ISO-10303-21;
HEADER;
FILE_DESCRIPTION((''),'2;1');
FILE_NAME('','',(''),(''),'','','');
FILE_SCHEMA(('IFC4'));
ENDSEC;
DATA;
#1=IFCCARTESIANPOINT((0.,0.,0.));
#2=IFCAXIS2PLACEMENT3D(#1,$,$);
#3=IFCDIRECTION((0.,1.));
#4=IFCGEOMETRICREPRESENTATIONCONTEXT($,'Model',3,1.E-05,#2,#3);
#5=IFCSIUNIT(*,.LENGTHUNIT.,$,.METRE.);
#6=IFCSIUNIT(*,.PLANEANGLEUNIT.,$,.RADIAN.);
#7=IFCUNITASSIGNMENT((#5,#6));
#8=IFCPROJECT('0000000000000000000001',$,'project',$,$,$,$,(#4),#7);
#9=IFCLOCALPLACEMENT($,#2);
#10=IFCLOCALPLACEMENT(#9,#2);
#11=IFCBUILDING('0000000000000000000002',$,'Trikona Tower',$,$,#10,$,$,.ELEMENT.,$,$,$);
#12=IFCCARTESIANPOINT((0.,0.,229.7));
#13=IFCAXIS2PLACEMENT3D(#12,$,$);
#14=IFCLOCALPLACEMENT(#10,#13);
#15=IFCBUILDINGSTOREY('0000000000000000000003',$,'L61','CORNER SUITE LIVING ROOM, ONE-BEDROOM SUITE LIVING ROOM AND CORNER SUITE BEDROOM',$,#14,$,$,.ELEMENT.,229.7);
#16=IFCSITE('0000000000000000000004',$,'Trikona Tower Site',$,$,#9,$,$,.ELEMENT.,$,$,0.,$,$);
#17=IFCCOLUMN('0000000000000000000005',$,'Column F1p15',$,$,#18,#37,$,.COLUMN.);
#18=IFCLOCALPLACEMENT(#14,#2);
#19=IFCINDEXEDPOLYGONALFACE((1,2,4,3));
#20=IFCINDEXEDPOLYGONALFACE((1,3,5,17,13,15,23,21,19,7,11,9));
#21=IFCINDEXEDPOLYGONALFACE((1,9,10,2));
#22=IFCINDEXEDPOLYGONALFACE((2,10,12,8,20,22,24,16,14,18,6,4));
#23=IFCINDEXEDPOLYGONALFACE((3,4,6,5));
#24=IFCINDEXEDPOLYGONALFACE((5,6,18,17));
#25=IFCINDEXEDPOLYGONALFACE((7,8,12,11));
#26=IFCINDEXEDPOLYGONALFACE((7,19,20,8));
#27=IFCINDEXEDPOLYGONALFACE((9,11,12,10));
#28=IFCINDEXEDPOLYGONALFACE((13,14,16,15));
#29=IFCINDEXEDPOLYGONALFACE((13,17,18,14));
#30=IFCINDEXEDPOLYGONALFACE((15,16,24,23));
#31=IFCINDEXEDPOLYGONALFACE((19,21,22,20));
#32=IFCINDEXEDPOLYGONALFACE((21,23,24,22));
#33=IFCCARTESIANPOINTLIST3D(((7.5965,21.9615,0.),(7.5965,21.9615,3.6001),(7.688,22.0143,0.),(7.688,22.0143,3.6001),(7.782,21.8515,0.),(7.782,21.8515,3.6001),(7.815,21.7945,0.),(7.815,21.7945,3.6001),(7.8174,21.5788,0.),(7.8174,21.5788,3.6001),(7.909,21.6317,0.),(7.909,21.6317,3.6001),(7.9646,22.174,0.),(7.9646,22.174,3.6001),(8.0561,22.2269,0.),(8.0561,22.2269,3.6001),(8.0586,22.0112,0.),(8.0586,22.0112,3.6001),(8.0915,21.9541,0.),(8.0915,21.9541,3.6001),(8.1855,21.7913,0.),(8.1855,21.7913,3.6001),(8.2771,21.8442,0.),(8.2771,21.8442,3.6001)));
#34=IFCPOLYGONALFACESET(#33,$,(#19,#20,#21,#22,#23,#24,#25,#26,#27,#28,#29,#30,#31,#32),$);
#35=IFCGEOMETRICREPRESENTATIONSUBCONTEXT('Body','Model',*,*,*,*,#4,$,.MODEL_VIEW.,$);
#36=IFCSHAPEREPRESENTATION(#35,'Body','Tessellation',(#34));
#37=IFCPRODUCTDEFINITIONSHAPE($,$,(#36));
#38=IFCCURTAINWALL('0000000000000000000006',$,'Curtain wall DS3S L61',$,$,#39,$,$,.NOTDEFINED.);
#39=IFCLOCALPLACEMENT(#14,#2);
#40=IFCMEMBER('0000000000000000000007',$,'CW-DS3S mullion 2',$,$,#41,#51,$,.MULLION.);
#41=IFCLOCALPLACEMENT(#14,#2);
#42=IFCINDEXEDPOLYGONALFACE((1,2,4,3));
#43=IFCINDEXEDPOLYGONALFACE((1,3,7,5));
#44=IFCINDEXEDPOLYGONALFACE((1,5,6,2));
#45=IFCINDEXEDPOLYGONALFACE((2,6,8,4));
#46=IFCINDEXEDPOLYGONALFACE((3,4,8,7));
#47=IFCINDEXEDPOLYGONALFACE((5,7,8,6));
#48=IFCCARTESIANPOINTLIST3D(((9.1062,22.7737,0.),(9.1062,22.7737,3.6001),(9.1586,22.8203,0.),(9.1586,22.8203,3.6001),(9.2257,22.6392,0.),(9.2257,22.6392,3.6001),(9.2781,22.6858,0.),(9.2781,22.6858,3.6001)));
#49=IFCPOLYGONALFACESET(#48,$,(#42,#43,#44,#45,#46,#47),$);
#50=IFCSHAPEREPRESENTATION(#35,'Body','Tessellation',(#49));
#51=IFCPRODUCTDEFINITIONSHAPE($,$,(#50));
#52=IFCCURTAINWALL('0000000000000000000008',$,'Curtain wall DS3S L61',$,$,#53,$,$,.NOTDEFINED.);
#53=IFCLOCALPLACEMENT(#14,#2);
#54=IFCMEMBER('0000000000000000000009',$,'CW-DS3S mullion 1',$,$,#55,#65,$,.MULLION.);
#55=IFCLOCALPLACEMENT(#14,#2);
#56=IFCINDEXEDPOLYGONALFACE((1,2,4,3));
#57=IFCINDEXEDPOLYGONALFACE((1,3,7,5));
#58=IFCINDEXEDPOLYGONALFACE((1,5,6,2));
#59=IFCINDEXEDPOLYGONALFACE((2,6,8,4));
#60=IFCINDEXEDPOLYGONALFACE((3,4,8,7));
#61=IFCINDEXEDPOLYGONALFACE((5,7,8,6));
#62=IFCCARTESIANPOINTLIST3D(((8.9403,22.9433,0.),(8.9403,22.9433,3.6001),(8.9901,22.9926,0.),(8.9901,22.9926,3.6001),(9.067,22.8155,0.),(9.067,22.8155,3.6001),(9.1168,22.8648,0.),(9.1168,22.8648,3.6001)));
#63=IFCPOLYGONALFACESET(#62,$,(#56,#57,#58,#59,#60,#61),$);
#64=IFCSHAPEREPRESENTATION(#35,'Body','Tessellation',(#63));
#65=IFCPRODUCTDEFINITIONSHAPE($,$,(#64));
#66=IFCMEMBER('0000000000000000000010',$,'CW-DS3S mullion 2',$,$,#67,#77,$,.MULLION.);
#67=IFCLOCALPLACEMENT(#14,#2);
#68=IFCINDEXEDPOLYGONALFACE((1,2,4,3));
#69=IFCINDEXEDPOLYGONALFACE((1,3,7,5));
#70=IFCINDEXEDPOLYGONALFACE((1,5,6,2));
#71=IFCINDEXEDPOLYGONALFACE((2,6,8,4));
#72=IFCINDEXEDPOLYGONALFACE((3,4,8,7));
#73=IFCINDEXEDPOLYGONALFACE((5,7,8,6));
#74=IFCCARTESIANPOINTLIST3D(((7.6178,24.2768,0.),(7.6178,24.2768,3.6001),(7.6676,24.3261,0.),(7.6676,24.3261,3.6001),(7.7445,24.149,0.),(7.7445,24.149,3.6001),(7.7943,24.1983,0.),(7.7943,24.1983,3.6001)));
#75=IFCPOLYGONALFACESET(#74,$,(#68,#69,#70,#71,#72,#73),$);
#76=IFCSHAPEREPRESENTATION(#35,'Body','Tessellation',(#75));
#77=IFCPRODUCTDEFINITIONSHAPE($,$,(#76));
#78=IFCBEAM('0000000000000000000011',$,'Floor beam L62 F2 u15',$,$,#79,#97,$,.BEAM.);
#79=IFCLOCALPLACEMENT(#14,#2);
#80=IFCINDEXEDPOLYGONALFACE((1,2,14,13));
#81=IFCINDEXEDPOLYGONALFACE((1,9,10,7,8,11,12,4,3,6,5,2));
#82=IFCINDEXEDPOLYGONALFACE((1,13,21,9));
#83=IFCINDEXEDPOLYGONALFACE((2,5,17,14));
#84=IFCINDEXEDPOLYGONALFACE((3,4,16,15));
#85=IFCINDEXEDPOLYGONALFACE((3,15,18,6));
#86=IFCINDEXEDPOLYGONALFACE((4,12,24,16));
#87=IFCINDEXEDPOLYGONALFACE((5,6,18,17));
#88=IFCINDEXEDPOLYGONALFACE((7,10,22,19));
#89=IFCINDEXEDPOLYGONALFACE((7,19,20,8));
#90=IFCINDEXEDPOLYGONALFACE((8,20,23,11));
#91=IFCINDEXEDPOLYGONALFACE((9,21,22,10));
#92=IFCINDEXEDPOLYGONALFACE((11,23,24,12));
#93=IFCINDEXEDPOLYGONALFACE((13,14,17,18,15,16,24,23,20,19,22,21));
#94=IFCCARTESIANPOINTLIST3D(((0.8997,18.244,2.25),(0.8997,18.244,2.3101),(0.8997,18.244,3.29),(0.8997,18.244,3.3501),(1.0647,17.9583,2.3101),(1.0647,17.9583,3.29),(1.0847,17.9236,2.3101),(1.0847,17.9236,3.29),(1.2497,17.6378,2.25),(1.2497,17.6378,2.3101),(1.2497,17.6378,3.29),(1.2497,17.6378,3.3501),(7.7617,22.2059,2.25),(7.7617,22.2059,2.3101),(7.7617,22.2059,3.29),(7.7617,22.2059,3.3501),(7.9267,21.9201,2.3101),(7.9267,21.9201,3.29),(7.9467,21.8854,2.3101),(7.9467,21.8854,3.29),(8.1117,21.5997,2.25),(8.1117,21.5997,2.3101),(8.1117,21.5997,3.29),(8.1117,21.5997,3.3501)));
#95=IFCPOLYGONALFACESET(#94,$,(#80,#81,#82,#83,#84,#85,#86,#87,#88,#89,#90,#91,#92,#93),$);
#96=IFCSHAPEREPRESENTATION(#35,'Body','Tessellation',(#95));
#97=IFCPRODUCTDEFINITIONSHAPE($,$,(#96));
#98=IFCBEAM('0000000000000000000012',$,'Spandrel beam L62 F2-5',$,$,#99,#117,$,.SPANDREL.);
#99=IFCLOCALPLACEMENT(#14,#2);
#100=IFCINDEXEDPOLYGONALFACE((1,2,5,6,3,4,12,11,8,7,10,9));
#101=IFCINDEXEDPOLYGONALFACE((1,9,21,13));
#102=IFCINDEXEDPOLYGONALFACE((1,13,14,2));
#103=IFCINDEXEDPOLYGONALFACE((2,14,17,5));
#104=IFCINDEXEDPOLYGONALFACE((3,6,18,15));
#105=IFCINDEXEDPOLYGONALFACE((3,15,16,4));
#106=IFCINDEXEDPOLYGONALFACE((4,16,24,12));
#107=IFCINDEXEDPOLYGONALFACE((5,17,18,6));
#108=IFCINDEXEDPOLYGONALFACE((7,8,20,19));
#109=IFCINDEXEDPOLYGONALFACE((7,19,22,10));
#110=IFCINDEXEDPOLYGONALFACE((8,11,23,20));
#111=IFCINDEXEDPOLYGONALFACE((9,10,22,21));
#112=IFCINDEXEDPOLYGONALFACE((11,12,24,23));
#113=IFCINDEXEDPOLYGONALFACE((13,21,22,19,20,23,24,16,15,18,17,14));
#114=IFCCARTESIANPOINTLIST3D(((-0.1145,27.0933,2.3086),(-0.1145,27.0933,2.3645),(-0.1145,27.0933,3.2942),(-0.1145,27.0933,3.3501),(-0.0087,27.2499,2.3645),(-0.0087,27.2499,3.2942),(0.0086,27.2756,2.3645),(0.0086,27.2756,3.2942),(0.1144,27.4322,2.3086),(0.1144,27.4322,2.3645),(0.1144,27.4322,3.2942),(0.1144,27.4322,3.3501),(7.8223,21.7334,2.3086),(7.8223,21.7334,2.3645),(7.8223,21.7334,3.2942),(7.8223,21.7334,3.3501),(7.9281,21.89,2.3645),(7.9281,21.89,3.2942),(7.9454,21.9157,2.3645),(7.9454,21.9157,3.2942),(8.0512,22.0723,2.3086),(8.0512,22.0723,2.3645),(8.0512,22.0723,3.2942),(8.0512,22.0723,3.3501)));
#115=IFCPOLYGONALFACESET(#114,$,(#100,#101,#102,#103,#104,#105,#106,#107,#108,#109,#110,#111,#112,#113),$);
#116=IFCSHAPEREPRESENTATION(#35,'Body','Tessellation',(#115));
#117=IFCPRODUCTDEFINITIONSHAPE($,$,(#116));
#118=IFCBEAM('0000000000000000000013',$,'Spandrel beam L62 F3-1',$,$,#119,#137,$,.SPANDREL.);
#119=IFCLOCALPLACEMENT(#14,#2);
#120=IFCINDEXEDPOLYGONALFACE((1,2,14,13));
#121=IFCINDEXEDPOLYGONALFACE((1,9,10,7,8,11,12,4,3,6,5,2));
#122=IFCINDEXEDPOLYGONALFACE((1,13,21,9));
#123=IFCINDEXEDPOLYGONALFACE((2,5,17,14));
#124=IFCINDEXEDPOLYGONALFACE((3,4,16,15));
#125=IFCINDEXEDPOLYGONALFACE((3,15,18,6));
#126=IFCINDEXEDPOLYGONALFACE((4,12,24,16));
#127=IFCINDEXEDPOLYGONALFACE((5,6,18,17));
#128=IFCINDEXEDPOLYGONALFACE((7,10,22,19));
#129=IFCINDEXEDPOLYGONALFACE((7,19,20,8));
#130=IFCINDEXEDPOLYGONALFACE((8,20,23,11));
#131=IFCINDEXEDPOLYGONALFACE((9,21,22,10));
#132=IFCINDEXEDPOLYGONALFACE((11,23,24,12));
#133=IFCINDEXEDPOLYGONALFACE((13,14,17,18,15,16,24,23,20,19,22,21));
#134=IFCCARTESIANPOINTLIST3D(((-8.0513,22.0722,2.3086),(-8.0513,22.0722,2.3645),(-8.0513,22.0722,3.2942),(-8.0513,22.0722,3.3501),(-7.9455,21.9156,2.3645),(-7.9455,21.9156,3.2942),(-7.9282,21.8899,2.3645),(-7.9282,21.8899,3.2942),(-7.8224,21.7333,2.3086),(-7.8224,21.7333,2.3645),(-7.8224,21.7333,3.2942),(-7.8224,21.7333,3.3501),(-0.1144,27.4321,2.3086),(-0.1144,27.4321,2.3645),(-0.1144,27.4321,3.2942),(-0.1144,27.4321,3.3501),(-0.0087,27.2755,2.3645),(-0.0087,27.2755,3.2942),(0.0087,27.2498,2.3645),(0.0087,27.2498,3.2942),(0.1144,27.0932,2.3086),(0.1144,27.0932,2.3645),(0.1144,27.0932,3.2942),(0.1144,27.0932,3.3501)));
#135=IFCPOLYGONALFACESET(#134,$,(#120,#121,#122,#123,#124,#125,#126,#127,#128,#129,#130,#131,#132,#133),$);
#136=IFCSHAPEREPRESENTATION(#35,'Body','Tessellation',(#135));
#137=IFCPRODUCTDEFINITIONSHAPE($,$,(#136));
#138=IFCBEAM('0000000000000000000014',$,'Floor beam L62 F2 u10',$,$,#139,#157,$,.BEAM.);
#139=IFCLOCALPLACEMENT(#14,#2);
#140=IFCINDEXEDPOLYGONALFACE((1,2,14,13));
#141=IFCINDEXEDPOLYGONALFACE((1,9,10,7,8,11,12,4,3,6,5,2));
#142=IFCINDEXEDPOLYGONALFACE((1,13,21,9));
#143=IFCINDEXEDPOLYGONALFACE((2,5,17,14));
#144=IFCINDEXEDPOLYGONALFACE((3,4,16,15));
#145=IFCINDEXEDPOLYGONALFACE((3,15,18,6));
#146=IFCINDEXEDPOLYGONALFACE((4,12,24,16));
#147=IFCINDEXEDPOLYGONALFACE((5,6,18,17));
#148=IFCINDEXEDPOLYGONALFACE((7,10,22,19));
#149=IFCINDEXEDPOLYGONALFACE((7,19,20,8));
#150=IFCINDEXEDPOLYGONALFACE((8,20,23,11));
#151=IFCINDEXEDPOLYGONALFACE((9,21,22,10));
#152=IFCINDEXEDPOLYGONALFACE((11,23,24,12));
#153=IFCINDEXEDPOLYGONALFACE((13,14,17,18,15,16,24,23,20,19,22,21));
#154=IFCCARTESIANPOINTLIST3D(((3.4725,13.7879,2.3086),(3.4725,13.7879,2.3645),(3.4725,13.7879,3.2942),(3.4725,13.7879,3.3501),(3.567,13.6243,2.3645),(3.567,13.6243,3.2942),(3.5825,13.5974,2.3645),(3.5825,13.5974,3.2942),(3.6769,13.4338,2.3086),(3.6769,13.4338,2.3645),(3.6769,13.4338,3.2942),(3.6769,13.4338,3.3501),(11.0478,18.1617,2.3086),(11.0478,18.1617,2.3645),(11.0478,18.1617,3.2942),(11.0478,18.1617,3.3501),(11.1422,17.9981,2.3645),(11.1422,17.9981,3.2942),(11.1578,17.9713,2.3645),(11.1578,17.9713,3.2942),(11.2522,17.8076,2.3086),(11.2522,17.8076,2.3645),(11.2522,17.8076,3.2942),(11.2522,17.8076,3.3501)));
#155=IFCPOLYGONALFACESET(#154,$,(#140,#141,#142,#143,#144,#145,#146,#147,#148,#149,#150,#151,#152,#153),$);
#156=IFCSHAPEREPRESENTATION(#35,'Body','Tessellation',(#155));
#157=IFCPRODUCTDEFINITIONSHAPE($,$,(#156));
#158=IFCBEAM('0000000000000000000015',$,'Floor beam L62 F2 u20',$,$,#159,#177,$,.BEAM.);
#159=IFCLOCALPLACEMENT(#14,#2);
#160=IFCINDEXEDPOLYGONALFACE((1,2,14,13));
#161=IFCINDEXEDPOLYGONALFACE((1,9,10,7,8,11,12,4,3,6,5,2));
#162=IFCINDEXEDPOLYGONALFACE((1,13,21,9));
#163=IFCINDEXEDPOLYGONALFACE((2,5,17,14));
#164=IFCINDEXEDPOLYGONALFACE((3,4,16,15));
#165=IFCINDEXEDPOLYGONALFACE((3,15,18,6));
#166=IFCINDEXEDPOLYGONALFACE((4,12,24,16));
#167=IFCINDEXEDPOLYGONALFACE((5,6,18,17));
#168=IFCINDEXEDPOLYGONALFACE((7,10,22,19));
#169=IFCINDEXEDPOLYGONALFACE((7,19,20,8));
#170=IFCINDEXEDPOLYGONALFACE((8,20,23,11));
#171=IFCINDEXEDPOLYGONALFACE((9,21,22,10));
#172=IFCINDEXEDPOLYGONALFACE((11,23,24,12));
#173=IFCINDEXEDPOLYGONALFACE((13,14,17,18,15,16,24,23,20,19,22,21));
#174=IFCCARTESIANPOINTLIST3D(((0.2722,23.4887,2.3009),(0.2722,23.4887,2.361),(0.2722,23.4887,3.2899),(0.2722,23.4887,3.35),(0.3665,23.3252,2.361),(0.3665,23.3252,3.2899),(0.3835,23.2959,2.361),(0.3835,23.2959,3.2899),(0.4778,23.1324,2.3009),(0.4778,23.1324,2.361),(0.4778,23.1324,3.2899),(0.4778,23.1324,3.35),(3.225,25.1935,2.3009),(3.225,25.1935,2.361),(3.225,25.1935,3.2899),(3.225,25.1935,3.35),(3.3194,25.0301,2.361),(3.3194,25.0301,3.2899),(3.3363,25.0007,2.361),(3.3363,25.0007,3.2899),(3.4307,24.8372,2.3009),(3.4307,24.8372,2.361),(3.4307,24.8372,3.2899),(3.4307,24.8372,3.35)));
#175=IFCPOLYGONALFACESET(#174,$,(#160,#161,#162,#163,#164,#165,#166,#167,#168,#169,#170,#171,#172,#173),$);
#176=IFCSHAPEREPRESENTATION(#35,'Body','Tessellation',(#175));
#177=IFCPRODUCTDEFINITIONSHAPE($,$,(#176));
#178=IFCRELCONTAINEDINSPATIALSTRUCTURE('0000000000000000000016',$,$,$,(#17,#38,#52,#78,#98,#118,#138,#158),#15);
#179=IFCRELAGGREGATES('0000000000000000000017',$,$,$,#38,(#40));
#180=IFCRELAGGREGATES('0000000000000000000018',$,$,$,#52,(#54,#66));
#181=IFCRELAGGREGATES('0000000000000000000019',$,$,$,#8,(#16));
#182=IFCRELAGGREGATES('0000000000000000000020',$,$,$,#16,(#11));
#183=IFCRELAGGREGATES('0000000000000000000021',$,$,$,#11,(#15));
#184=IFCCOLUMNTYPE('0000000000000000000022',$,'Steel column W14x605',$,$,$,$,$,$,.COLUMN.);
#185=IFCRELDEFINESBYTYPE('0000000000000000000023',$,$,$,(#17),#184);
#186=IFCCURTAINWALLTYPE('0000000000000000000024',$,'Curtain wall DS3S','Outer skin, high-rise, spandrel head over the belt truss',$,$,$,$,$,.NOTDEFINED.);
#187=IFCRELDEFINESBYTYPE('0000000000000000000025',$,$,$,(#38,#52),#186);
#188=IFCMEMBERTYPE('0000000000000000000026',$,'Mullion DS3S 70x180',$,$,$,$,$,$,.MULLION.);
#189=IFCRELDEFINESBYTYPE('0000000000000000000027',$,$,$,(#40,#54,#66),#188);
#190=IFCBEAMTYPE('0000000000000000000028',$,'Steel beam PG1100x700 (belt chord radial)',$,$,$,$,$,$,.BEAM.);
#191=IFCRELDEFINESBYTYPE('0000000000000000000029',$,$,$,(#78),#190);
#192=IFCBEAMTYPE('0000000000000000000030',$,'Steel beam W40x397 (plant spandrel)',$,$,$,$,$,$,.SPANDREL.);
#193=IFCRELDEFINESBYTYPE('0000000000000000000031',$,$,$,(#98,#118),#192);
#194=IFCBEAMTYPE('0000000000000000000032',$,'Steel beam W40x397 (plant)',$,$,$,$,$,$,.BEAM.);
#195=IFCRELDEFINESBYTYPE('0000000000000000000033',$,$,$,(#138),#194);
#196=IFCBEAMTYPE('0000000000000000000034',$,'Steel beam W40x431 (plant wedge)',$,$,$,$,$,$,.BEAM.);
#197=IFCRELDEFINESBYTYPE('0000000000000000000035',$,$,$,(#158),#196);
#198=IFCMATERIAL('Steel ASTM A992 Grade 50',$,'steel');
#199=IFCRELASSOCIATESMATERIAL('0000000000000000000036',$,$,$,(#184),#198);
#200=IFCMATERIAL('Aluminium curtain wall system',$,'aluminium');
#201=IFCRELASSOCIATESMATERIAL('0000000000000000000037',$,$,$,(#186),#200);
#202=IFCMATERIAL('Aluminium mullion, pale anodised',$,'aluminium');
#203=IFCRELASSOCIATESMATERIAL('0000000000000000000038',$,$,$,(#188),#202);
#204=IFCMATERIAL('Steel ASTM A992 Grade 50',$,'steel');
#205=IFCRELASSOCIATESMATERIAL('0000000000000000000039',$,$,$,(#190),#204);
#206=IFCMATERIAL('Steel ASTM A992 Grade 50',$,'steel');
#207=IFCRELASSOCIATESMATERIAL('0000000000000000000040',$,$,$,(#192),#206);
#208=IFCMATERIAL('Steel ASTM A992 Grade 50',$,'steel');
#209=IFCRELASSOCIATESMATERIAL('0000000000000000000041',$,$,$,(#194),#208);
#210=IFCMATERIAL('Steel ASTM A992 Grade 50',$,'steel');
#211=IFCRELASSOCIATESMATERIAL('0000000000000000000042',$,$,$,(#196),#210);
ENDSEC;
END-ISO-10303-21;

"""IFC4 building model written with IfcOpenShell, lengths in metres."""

from ifc_helpers import new_model, si_unit, direction, frame, origin, origin_2d, place, context, subcontext, project, spatial, rectangle, i_section, extrude, material, material_profile, profile_set, type_object, element, aggregate, save


model = new_model("IFC4")

# Units and contexts
model_context = context("Model", 3, precision=1e-05, world=origin(), true_north=direction((0.0, 1.0)))
body_context = subcontext(model_context, "Body", "Model", "MODEL_VIEW")
ifc_project = project(units=[si_unit("LENGTHUNIT", "METRE"), si_unit("PLANEANGLEUNIT", "RADIAN")], contexts=[model_context])

# Site, building, storey
site_placement = place(None, origin())
site = spatial("IfcSite", under=ifc_project, at=site_placement, Name="Trikona Tower Site", CompositionType="ELEMENT", RefElevation=0.0)
building_placement = place(site_placement, origin())
building = spatial("IfcBuilding", under=site, at=building_placement, Name="Trikona Tower", CompositionType="ELEMENT")
storey_placement = place(building_placement, frame((0.0, 0.0, 229.7)))
storey = spatial("IfcBuildingStorey", under=building, at=storey_placement, Name="L61", Description="CORNER SUITE LIVING ROOM, ONE-BEDROOM SUITE LIVING ROOM AND CORNER SUITE BEDROOM", CompositionType="ELEMENT", Elevation=229.7)

# Column
ifc_material_1 = material(Name="Steel ASTM A992 Grade 50", Category="steel")
ifc_material_profile_1 = material_profile(ifc_material_1, i_section(OverallWidth=0.4419, OverallDepth=0.5308, WebThickness=0.0659, FlangeThickness=0.1057, at=origin_2d()), Name="W14X605")
ifc_profile_set_1 = profile_set([ifc_material_profile_1], Name="Steel ASTM A992 Grade 50")
column_type = type_object("IfcColumnType", Name="Steel column W14x605", PredefinedType="COLUMN", material=ifc_profile_set_1)
column_placement = place(storey_placement, frame((7.9368, 21.9028, 0.0), z_axis=(0.0, 0.0, 1.0), x_axis=(-0.5, 0.866025, 0.0)))
element("IfcColumn", 1, at=column_placement, inside=storey, type_object=column_type, Name="Column F1p15", PredefinedType="COLUMN", context=body_context, shape_type="SweptSolid", body=[
    extrude(i_section(OverallWidth=0.4419, OverallDepth=0.5308, WebThickness=0.0659, FlangeThickness=0.1057, at=origin_2d()), origin(), (0.0, 0.0, 1.0), 3.6001),
])

# Curtain wall, member
ifc_material_2 = material(Name="Aluminium curtain wall system", Category="aluminium")
curtain_wall_type = type_object("IfcCurtainWallType", Name="Curtain wall DS3S", Description="Outer skin, high-rise, spandrel head over the belt truss", PredefinedType="NOTDEFINED", material=ifc_material_2)
curtain_wall_1_placement = place(storey_placement, origin())
curtain_wall_1 = element("IfcCurtainWall", 2, at=curtain_wall_1_placement, inside=storey, type_object=curtain_wall_type, Name="Curtain wall DS3S L61", PredefinedType="NOTDEFINED")
ifc_material_3 = material(Name="Aluminium mullion, pale anodised", Category="aluminium")
ifc_material_profile_2 = material_profile(ifc_material_3, rectangle(XDim=0.0701, YDim=0.1799, at=origin_2d()), Name="MUL-DS3S")
ifc_profile_set_2 = profile_set([ifc_material_profile_2], Name="Aluminium mullion, pale anodised")
member_type_1 = type_object("IfcMemberType", Name="Mullion DS3S 70x180", PredefinedType="MULLION", material=ifc_profile_set_2)
member_1_placement = place(storey_placement, frame((9.1921, 22.7297, 0.0), z_axis=(0.0, 0.0, 1.0), x_axis=(-0.747403, -0.664371, 0.0)))
member_1 = element("IfcMember", 3, at=member_1_placement, type_object=member_type_1, Name="CW-DS3S mullion 2", PredefinedType="MULLION", context=body_context, shape_type="SweptSolid", body=[
    extrude(rectangle(XDim=0.0701, YDim=0.1799, at=origin_2d()), origin(), (0.0, 0.0, 1.0), 3.6001),
])
aggregate(curtain_wall_1, [member_1])

# Curtain wall, members
curtain_wall_2_placement = place(storey_placement, origin())
curtain_wall_2 = element("IfcCurtainWall", 4, at=curtain_wall_2_placement, inside=storey, type_object=curtain_wall_type, Name="Curtain wall DS3S L61", PredefinedType="NOTDEFINED")
member_2_placement = place(storey_placement, frame((9.0286, 22.9041, 0.0), z_axis=(0.0, 0.0, 1.0), x_axis=(-0.710052, -0.704149, 0.0)))
member_2 = element("IfcMember", 5, at=member_2_placement, type_object=member_type_1, Name="CW-DS3S mullion 1", PredefinedType="MULLION", context=body_context, shape_type="SweptSolid", body=[
    extrude(rectangle(XDim=0.0701, YDim=0.1799, at=origin_2d()), origin(), (0.0, 0.0, 1.0), 3.6001),
])
member_3_placement = place(storey_placement, frame((7.7061, 24.2375, 0.0), z_axis=(0.0, 0.0, 1.0), x_axis=(-0.710052, -0.704149, 0.0)))
member_3 = element("IfcMember", 6, at=member_3_placement, type_object=member_type_1, Name="CW-DS3S mullion 2", PredefinedType="MULLION", context=body_context, shape_type="SweptSolid", body=[
    extrude(rectangle(XDim=0.0701, YDim=0.1799, at=origin_2d()), origin(), (0.0, 0.0, 1.0), 3.6001),
])

# Beams
ifc_material_4 = material(Name="Steel ASTM A992 Grade 50", Category="steel")
ifc_material_profile_3 = material_profile(ifc_material_4, i_section(OverallWidth=0.7, OverallDepth=1.1001, WebThickness=0.04, FlangeThickness=0.0601, at=origin_2d()), Name="PG1100X700")
ifc_profile_set_3 = profile_set([ifc_material_profile_3], Name="Steel ASTM A992 Grade 50")
beam_type_1 = type_object("IfcBeamType", Name="Steel beam PG1100x700 (belt chord radial)", PredefinedType="BEAM", material=ifc_profile_set_3)
beam_1_placement = place(storey_placement, frame((1.0747, 17.9409, 2.8), z_axis=(0.86602, 0.50001, 0.0), x_axis=(-0.50001, 0.86602, 0.0)))
element("IfcBeam", 7, at=beam_1_placement, inside=storey, type_object=beam_type_1, Name="Floor beam L62 F2 u15", PredefinedType="BEAM", context=body_context, shape_type="SweptSolid", body=[
    extrude(i_section(OverallWidth=0.7, OverallDepth=1.1001, WebThickness=0.04, FlangeThickness=0.0601, at=origin_2d()), origin(), (0.0, 0.0, 1.0), 7.9236),
])
ifc_material_5 = material(Name="Steel ASTM A992 Grade 50", Category="steel")
ifc_material_profile_4 = material_profile(ifc_material_5, i_section(OverallWidth=0.4089, OverallDepth=1.0415, WebThickness=0.031, FlangeThickness=0.0559, at=origin_2d()), Name="W40X397")
ifc_profile_set_4 = profile_set([ifc_material_profile_4], Name="Steel ASTM A992 Grade 50")
beam_type_2 = type_object("IfcBeamType", Name="Steel beam W40x397 (plant spandrel)", PredefinedType="SPANDREL", material=ifc_profile_set_4)
for number, where, z_axis, x_axis, name in (
    (8, (7.9368, 21.9028, 2.8293), (-0.828725, 0.559655, 0.0), (-0.559655, -0.828725, 0.0), "Spandrel beam L62 F2-5"),
    (9, (0.0, 27.2627, 2.8293), (-0.828725, -0.559655, 0.0), (0.559655, -0.828725, 0.0), "Spandrel beam L62 F3-1"),
):
    element("IfcBeam", number, at=place(storey_placement, frame(where, z_axis=z_axis, x_axis=x_axis)), inside=storey, type_object=beam_type_2, Name=name, PredefinedType="SPANDREL", context=body_context, shape_type="SweptSolid", body=[
        extrude(i_section(OverallWidth=0.4089, OverallDepth=1.0415, WebThickness=0.031, FlangeThickness=0.0559, at=origin_2d()), origin(), (0.0, 0.0, 1.0), 9.5771),
    ])
ifc_material_6 = material(Name="Steel ASTM A992 Grade 50", Category="steel")
ifc_material_profile_5 = material_profile(ifc_material_6, i_section(OverallWidth=0.4089, OverallDepth=1.0415, WebThickness=0.031, FlangeThickness=0.0559, at=origin_2d()), Name="W40X397")
ifc_profile_set_5 = profile_set([ifc_material_profile_5], Name="Steel ASTM A992 Grade 50")
beam_type_3 = type_object("IfcBeamType", Name="Steel beam W40x397 (plant)", PredefinedType="BEAM", material=ifc_profile_set_5)
beam_2_placement = place(storey_placement, frame((3.5747, 13.6108, 2.8293), z_axis=(0.866014, 0.50002, 0.0), x_axis=(-0.50002, 0.866014, 0.0)))
element("IfcBeam", 10, at=beam_2_placement, inside=storey, type_object=beam_type_3, Name="Floor beam L62 F2 u10", PredefinedType="BEAM", context=body_context, shape_type="SweptSolid", body=[
    extrude(i_section(OverallWidth=0.4089, OverallDepth=1.0415, WebThickness=0.031, FlangeThickness=0.0559, at=origin_2d()), origin(), (0.0, 0.0, 1.0), 8.7473),
])
ifc_material_7 = material(Name="Steel ASTM A992 Grade 50", Category="steel")
ifc_material_profile_6 = material_profile(ifc_material_7, i_section(OverallWidth=0.4114, OverallDepth=1.0491, WebThickness=0.0339, FlangeThickness=0.0601, at=origin_2d()), Name="W40X431")
ifc_profile_set_6 = profile_set([ifc_material_profile_6], Name="Steel ASTM A992 Grade 50")
beam_type_4 = type_object("IfcBeamType", Name="Steel beam W40x431 (plant wedge)", PredefinedType="BEAM", material=ifc_profile_set_6)
beam_3_placement = place(storey_placement, frame((0.375, 23.3105, 2.8254), z_axis=(0.866027, 0.499997, 0.0), x_axis=(-0.499997, 0.866027, 0.0)))
element("IfcBeam", 11, at=beam_3_placement, inside=storey, type_object=beam_type_4, Name="Floor beam L62 F2 u20", PredefinedType="BEAM", context=body_context, shape_type="SweptSolid", body=[
    extrude(i_section(OverallWidth=0.4114, OverallDepth=1.0491, WebThickness=0.0339, FlangeThickness=0.0601, at=origin_2d()), origin(), (0.0, 0.0, 1.0), 3.4097),
])

aggregate(curtain_wall_2, [member_2, member_3])

save(model, "model.ifc")
